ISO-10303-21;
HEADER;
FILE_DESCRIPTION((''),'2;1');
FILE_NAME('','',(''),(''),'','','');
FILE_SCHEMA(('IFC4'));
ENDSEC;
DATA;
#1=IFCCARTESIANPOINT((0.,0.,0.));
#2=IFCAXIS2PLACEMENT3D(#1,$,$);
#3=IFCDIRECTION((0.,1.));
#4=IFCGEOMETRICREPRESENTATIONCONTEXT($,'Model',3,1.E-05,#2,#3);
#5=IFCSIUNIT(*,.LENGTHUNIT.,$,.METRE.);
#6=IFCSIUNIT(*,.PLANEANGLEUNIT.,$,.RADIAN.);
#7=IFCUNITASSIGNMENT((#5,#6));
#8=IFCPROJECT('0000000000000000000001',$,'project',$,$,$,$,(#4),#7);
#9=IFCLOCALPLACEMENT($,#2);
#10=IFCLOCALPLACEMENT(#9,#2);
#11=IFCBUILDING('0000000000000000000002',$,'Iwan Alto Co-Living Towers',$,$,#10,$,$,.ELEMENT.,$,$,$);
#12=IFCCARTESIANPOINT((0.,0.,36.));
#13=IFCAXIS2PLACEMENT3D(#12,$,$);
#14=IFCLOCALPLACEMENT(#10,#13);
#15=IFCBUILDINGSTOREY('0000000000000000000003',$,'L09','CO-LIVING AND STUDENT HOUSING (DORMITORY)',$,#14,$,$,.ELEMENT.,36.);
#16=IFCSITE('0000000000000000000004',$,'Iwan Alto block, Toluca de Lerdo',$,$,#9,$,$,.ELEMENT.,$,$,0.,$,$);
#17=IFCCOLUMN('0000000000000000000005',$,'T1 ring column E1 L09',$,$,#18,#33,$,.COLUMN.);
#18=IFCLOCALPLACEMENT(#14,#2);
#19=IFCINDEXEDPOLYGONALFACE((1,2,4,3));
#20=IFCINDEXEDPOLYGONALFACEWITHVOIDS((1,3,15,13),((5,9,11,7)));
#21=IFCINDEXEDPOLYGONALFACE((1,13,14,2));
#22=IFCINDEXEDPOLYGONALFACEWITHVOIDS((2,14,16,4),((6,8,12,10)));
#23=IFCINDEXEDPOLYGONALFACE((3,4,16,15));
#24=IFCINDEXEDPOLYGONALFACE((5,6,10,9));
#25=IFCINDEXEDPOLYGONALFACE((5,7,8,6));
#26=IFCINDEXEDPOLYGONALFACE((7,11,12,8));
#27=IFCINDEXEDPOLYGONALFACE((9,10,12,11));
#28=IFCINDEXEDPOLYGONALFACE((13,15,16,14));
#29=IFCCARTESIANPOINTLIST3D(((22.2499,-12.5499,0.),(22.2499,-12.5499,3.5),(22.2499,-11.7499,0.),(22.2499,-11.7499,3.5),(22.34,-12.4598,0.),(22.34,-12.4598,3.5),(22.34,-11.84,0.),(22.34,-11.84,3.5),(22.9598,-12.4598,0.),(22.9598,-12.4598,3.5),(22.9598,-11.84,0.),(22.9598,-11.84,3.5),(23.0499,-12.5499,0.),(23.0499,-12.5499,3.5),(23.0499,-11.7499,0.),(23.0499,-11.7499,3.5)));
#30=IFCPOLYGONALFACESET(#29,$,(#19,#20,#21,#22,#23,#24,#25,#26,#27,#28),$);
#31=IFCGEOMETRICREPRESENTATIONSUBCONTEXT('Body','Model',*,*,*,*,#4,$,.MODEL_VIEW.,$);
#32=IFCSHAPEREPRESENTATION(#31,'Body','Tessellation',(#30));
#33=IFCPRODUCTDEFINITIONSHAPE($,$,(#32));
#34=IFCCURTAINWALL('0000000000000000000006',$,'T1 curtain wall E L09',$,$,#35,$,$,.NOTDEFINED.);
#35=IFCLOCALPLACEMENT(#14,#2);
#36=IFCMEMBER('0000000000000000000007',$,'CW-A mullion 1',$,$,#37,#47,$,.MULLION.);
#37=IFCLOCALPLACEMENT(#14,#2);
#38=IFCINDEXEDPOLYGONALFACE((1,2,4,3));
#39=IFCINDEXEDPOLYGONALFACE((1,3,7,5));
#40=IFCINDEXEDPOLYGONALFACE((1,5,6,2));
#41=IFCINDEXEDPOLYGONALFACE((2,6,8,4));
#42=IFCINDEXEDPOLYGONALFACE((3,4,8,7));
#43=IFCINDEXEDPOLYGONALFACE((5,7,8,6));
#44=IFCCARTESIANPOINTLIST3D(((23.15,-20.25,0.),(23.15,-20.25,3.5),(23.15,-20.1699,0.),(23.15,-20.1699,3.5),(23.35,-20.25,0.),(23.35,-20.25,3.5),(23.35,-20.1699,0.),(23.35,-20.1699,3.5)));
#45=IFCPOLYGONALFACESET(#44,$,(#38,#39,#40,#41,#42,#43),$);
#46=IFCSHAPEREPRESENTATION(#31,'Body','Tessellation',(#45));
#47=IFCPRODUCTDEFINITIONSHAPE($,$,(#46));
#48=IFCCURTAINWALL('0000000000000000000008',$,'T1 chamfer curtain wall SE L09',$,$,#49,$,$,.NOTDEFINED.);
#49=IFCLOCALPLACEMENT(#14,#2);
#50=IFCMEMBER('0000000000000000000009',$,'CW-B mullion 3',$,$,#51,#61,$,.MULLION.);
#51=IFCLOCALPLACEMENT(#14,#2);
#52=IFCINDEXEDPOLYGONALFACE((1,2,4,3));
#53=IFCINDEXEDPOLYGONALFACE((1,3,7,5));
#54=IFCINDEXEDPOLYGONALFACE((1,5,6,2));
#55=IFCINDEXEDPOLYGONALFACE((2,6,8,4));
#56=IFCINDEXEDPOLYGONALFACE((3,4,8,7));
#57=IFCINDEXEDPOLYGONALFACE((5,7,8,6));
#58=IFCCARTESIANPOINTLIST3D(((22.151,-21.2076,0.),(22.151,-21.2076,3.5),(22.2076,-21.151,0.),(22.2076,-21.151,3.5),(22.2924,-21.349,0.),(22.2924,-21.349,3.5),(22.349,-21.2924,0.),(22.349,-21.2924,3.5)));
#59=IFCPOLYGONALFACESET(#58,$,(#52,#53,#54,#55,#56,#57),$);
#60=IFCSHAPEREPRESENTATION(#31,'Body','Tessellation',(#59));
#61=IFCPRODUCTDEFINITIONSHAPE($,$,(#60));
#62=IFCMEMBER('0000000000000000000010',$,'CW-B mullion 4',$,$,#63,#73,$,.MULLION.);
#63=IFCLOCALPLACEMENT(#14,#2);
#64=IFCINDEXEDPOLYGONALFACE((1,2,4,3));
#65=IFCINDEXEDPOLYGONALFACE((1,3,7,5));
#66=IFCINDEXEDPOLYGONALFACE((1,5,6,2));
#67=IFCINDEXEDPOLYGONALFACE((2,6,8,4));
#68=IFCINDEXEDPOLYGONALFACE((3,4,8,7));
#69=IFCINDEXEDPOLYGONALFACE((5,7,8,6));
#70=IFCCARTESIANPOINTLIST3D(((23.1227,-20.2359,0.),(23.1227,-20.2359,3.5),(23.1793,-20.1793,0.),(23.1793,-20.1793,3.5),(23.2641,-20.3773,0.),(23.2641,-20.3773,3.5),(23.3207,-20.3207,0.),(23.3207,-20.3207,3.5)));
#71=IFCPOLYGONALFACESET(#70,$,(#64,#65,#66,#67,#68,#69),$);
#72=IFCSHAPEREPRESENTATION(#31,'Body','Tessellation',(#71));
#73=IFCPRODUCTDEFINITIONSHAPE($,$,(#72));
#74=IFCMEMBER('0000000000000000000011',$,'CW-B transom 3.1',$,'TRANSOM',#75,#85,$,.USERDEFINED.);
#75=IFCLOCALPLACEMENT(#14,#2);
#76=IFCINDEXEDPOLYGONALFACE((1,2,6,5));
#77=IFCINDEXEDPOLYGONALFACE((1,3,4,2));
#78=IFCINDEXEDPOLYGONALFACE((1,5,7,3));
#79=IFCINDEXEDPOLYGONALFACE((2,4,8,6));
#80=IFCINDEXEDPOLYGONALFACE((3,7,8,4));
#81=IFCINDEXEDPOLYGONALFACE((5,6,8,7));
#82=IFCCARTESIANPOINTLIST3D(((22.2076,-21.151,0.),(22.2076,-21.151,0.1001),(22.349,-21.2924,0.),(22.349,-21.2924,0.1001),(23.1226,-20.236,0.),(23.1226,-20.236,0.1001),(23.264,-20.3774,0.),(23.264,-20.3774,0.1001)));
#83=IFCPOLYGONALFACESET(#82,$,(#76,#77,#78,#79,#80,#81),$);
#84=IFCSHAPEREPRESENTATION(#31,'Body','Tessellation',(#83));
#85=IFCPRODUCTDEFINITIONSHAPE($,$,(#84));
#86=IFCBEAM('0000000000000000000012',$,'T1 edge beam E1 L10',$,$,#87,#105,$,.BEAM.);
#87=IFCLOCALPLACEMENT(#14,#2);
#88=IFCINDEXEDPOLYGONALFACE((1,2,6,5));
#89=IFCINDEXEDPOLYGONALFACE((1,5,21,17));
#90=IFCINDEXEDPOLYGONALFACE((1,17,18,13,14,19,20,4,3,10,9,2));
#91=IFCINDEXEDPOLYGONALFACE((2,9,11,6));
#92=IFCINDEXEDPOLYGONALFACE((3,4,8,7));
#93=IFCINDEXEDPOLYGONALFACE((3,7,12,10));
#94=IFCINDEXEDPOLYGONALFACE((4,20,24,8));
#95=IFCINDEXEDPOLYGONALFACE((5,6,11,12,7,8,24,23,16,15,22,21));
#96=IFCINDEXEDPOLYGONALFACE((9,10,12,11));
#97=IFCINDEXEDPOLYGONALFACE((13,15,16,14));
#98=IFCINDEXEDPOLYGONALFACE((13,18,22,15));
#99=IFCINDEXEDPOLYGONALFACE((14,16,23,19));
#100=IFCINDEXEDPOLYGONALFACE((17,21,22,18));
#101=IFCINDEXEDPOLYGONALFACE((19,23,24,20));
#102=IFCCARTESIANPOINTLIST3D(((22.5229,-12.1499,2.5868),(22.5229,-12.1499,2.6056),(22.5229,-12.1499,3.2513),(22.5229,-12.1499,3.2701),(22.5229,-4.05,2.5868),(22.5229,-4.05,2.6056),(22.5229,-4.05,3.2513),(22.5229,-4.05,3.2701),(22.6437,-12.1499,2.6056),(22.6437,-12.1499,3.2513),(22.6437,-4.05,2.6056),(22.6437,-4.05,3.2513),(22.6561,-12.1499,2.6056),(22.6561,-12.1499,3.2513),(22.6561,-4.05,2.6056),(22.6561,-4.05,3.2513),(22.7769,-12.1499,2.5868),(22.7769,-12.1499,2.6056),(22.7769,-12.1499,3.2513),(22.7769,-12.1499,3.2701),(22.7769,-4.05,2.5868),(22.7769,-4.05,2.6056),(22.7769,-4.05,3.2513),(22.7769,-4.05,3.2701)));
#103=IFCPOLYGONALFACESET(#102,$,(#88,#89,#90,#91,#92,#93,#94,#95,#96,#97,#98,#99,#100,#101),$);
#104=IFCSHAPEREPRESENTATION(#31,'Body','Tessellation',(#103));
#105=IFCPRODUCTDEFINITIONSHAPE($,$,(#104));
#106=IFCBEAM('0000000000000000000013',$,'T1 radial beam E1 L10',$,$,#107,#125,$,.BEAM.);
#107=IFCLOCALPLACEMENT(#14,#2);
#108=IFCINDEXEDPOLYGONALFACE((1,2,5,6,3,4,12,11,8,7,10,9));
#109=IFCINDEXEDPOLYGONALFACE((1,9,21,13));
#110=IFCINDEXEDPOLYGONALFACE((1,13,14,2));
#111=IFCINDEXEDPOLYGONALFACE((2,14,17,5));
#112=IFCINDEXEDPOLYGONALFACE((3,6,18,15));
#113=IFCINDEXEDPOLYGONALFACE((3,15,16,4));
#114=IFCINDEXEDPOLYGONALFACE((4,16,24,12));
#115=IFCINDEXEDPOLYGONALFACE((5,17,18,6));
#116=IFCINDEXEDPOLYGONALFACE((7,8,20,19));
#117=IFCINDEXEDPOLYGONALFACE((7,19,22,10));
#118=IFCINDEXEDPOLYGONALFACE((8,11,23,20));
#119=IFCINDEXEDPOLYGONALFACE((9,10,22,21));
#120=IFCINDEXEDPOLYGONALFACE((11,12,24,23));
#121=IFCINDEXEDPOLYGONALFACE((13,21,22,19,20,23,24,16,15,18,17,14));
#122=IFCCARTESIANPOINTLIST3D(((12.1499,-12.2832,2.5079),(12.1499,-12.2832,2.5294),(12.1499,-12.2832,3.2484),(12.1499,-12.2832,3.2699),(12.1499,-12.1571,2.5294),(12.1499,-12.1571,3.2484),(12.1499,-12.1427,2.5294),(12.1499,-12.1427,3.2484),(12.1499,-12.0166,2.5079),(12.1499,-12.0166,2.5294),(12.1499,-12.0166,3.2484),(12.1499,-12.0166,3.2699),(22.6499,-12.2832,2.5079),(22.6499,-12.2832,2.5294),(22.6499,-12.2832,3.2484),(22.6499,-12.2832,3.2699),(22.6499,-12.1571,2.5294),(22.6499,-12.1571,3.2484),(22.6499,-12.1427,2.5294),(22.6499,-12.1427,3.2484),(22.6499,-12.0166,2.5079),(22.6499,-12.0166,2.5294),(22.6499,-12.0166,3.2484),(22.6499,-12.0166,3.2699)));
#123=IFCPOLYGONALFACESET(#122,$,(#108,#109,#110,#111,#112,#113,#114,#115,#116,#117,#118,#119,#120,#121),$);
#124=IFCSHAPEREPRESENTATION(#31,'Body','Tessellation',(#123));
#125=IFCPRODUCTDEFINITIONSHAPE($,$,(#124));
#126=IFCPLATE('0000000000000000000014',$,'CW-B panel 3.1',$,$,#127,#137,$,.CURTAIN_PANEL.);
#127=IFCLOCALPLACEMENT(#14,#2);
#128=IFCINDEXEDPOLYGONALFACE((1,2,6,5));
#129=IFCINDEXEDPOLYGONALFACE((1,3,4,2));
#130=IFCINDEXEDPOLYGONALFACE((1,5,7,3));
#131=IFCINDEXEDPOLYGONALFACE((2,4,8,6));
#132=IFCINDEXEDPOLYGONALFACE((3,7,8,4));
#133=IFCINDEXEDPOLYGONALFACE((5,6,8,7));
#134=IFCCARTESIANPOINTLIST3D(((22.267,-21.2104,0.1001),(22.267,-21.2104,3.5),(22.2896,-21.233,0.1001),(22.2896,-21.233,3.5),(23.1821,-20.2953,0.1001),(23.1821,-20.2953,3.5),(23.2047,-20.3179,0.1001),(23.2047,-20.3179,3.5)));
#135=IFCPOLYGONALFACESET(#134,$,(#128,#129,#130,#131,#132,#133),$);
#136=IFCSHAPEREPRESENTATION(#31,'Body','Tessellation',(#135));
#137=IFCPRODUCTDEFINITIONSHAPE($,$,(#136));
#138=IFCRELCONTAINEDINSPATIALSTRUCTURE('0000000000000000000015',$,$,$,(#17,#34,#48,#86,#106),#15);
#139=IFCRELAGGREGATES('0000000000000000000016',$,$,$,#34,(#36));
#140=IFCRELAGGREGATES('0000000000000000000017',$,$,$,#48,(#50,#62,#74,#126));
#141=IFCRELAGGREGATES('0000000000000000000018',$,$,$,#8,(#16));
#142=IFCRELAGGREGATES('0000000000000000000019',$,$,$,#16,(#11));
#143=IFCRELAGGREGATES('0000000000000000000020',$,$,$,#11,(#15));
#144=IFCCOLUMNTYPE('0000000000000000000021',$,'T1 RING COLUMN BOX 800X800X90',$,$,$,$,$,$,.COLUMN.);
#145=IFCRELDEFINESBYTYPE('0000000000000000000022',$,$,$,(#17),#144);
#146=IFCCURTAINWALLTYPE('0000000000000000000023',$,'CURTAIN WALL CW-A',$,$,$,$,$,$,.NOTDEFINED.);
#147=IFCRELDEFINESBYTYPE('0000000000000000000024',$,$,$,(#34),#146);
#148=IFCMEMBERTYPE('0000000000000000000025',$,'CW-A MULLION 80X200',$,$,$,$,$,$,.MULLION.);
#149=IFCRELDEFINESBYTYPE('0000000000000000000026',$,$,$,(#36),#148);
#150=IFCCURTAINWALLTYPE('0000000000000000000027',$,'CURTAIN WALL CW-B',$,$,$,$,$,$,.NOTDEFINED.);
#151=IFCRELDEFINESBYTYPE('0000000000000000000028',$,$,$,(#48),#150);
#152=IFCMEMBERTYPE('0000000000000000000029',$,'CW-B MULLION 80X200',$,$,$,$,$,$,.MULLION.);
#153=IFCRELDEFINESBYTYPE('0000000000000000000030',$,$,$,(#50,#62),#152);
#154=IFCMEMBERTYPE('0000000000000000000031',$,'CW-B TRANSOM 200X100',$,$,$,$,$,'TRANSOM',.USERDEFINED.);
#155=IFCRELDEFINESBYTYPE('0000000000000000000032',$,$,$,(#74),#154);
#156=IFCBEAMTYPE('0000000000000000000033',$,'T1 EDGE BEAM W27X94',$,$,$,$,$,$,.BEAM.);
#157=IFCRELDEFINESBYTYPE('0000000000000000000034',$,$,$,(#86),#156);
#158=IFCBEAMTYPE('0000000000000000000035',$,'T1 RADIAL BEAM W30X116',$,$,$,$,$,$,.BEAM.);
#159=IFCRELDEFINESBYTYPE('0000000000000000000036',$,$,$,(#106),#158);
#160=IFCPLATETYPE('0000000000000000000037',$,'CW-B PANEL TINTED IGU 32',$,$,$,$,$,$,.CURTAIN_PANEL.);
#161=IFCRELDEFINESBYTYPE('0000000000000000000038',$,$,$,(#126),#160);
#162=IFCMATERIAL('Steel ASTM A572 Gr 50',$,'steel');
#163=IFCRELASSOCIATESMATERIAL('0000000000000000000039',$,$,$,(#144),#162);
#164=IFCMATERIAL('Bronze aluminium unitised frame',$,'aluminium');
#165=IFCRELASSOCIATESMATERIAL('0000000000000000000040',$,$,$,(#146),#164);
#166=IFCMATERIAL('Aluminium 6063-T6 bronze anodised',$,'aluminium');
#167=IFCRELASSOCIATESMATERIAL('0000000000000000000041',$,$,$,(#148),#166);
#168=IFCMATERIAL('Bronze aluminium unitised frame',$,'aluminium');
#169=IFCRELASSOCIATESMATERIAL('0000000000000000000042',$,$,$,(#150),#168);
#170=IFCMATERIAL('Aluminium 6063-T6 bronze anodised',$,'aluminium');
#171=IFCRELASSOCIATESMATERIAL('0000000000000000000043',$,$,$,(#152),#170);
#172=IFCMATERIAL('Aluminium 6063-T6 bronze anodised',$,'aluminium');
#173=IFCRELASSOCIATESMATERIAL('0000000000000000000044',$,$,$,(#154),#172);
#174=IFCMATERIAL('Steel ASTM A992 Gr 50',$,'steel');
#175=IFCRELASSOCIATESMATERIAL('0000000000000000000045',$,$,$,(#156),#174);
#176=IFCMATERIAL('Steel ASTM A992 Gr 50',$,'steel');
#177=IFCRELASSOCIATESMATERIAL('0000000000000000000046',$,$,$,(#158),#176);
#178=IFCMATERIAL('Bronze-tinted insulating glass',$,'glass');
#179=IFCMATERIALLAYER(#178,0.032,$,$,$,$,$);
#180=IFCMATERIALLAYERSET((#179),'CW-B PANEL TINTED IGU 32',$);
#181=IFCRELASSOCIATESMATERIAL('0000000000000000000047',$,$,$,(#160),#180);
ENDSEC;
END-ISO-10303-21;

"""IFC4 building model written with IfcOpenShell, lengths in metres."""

from ifc_helpers import new_model, si_unit, direction, frame, origin, origin_2d, place, context, subcontext, project, spatial, rectangle, hollow_rectangle, i_section, extrude, material, layer, layer_set, material_profile, profile_set, type_object, element, aggregate, save


model = new_model("IFC4")

# Units and contexts
model_context = context("Model", 3, precision=1e-05, world=origin(), true_north=direction((0.0, 1.0)))
body_context = subcontext(model_context, "Body", "Model", "MODEL_VIEW")
ifc_project = project(units=[si_unit("LENGTHUNIT", "METRE"), si_unit("PLANEANGLEUNIT", "RADIAN")], contexts=[model_context])

# Site, building, storey
site_placement = place(None, origin())
site = spatial("IfcSite", under=ifc_project, at=site_placement, Name="Iwan Alto block, Toluca de Lerdo", CompositionType="ELEMENT", RefElevation=0.0)
building_placement = place(site_placement, origin())
building = spatial("IfcBuilding", under=site, at=building_placement, Name="Iwan Alto Co-Living Towers", CompositionType="ELEMENT")
storey_placement = place(building_placement, frame((0.0, 0.0, 36.0)))
storey = spatial("IfcBuildingStorey", under=building, at=storey_placement, Name="L09", Description="CO-LIVING AND STUDENT HOUSING (DORMITORY)", CompositionType="ELEMENT", Elevation=36.0)

# Column
ifc_material_1 = material(Name="Steel ASTM A572 Gr 50", Category="steel")
ifc_material_profile_1 = material_profile(ifc_material_1, hollow_rectangle(XDim=0.8, YDim=0.8, WallThickness=0.0901, at=origin_2d()), Name="BOX 800X800X90")
ifc_profile_set_1 = profile_set([ifc_material_profile_1], Name="Steel ASTM A572 Gr 50")
column_type = type_object("IfcColumnType", Name="T1 RING COLUMN BOX 800X800X90", PredefinedType="COLUMN", material=ifc_profile_set_1)
column_placement = place(storey_placement, frame((22.6499, -12.1499, 0.0), z_axis=(0.0, 0.0, 1.0), x_axis=(1.0, 0.0, 0.0)))
element("IfcColumn", 1, at=column_placement, inside=storey, type_object=column_type, Name="T1 ring column E1 L09", PredefinedType="COLUMN", context=body_context, shape_type="SweptSolid", body=[
    extrude(hollow_rectangle(XDim=0.8, YDim=0.8, WallThickness=0.0901, at=origin_2d()), origin(), (0.0, 0.0, 1.0), 3.5),
])

# Curtain wall, member
ifc_material_2 = material(Name="Bronze aluminium unitised frame", Category="aluminium")
curtain_wall_type_1 = type_object("IfcCurtainWallType", Name="CURTAIN WALL CW-A", PredefinedType="NOTDEFINED", material=ifc_material_2)
curtain_wall_1_placement = place(storey_placement, origin())
curtain_wall_1 = element("IfcCurtainWall", 2, at=curtain_wall_1_placement, inside=storey, type_object=curtain_wall_type_1, Name="T1 curtain wall E L09", PredefinedType="NOTDEFINED")
ifc_material_3 = material(Name="Aluminium 6063-T6 bronze anodised", Category="aluminium")
ifc_material_profile_2 = material_profile(ifc_material_3, rectangle(XDim=0.2, YDim=0.0801, at=origin_2d()), Name="AL 80X200")
ifc_profile_set_2 = profile_set([ifc_material_profile_2], Name="Aluminium 6063-T6 bronze anodised")
member_type_1 = type_object("IfcMemberType", Name="CW-A MULLION 80X200", PredefinedType="MULLION", material=ifc_profile_set_2)
member_1_placement = place(storey_placement, frame((23.25, -20.21, 0.0), z_axis=(0.0, 0.0, 1.0), x_axis=(-1.0, 0.0, 0.0)))
member_1 = element("IfcMember", 3, at=member_1_placement, type_object=member_type_1, Name="CW-A mullion 1", PredefinedType="MULLION", context=body_context, shape_type="SweptSolid", body=[
    extrude(rectangle(XDim=0.2, YDim=0.0801, at=origin_2d()), origin(), (0.0, 0.0, 1.0), 3.5),
])
aggregate(curtain_wall_1, [member_1])

# Curtain wall, members
ifc_material_4 = material(Name="Bronze aluminium unitised frame", Category="aluminium")
curtain_wall_type_2 = type_object("IfcCurtainWallType", Name="CURTAIN WALL CW-B", PredefinedType="NOTDEFINED", material=ifc_material_4)
curtain_wall_2_placement = place(storey_placement, origin())
curtain_wall_2 = element("IfcCurtainWall", 4, at=curtain_wall_2_placement, inside=storey, type_object=curtain_wall_type_2, Name="T1 chamfer curtain wall SE L09", PredefinedType="NOTDEFINED")
ifc_material_5 = material(Name="Aluminium 6063-T6 bronze anodised", Category="aluminium")
ifc_material_profile_3 = material_profile(ifc_material_5, rectangle(XDim=0.2, YDim=0.0801, at=origin_2d()), Name="AL 80X200")
ifc_profile_set_3 = profile_set([ifc_material_profile_3], Name="Aluminium 6063-T6 bronze anodised")
member_type_2 = type_object("IfcMemberType", Name="CW-B MULLION 80X200", PredefinedType="MULLION", material=ifc_profile_set_3)
member_2_placement = place(storey_placement, frame((22.25, -21.25, 0.0), z_axis=(0.0, 0.0, 1.0), x_axis=(-0.707107, 0.707107, 0.0)))
member_2 = element("IfcMember", 5, at=member_2_placement, type_object=member_type_2, Name="CW-B mullion 3", PredefinedType="MULLION", context=body_context, shape_type="SweptSolid", body=[
    extrude(rectangle(XDim=0.2, YDim=0.0801, at=origin_2d()), origin(), (0.0, 0.0, 1.0), 3.5),
])
member_3_placement = place(storey_placement, frame((23.2217, -20.2783, 0.0), z_axis=(0.0, 0.0, 1.0), x_axis=(-0.707107, 0.707107, 0.0)))
member_3 = element("IfcMember", 6, at=member_3_placement, type_object=member_type_2, Name="CW-B mullion 4", PredefinedType="MULLION", context=body_context, shape_type="SweptSolid", body=[
    extrude(rectangle(XDim=0.2, YDim=0.0801, at=origin_2d()), origin(), (0.0, 0.0, 1.0), 3.5),
])
ifc_material_6 = material(Name="Aluminium 6063-T6 bronze anodised", Category="aluminium")
ifc_material_profile_4 = material_profile(ifc_material_6, rectangle(XDim=0.2, YDim=0.1001, at=origin_2d()), Name="AL 200X100")
ifc_profile_set_4 = profile_set([ifc_material_profile_4], Name="Aluminium 6063-T6 bronze anodised")
member_type_3 = type_object("IfcMemberType", Name="CW-B TRANSOM 200X100", ElementType="TRANSOM", PredefinedType="USERDEFINED", material=ifc_profile_set_4)
member_4_placement = place(storey_placement, frame((22.2783, -21.2217, 0.05), z_axis=(0.707107, 0.707107, 0.0), x_axis=(-0.707107, 0.707107, 0.0)))
member_4 = element("IfcMember", 7, at=member_4_placement, type_object=member_type_3, Name="CW-B transom 3.1", ObjectType="TRANSOM", PredefinedType="USERDEFINED", context=body_context, shape_type="SweptSolid", body=[
    extrude(rectangle(XDim=0.2, YDim=0.1001, at=origin_2d()), origin(), (0.0, 0.0, 1.0), 1.2939),
])

# Beams
ifc_material_7 = material(Name="Steel ASTM A992 Gr 50", Category="steel")
ifc_material_profile_5 = material_profile(ifc_material_7, i_section(OverallWidth=0.2539, OverallDepth=0.6833, WebThickness=0.0125, FlangeThickness=0.0188, at=origin_2d()), Name="W27X94")
ifc_profile_set_5 = profile_set([ifc_material_profile_5], Name="Steel ASTM A992 Gr 50")
beam_type_1 = type_object("IfcBeamType", Name="T1 EDGE BEAM W27X94", PredefinedType="BEAM", material=ifc_profile_set_5)
beam_1_placement = place(storey_placement, frame((22.6499, -12.1499, 2.9285), z_axis=(0.0, 1.0, 0.0), x_axis=(-1.0, 0.0, 0.0)))
element("IfcBeam", 8, at=beam_1_placement, inside=storey, type_object=beam_type_1, Name="T1 edge beam E1 L10", PredefinedType="BEAM", context=body_context, shape_type="SweptSolid", body=[
    extrude(i_section(OverallWidth=0.2539, OverallDepth=0.6833, WebThickness=0.0125, FlangeThickness=0.0188, at=origin_2d()), origin(), (0.0, 0.0, 1.0), 8.0999),
])
ifc_material_8 = material(Name="Steel ASTM A992 Gr 50", Category="steel")
ifc_material_profile_6 = material_profile(ifc_material_8, i_section(OverallWidth=0.2666, OverallDepth=0.762, WebThickness=0.0144, FlangeThickness=0.0215, at=origin_2d()), Name="W30X116")
ifc_profile_set_6 = profile_set([ifc_material_profile_6], Name="Steel ASTM A992 Gr 50")
beam_type_2 = type_object("IfcBeamType", Name="T1 RADIAL BEAM W30X116", PredefinedType="BEAM", material=ifc_profile_set_6)
beam_2_placement = place(storey_placement, frame((22.6499, -12.1499, 2.8889), z_axis=(-1.0, 0.0, 0.0), x_axis=(0.0, -1.0, 0.0)))
element("IfcBeam", 9, at=beam_2_placement, inside=storey, type_object=beam_type_2, Name="T1 radial beam E1 L10", PredefinedType="BEAM", context=body_context, shape_type="SweptSolid", body=[
    extrude(i_section(OverallWidth=0.2666, OverallDepth=0.762, WebThickness=0.0144, FlangeThickness=0.0215, at=origin_2d()), origin(), (0.0, 0.0, 1.0), 10.5),
])

# Plate
ifc_material_9 = material(Name="Bronze-tinted insulating glass", Category="glass")
ifc_layer_1 = layer(ifc_material_9, 0.032)
ifc_layer_set_1 = layer_set([ifc_layer_1], Name="CW-B PANEL TINTED IGU 32")
plate_type = type_object("IfcPlateType", Name="CW-B PANEL TINTED IGU 32", PredefinedType="CURTAIN_PANEL", material=ifc_layer_set_1)
plate_placement = place(storey_placement, frame((22.7358, -20.7642, 0.1001), z_axis=(0.0, 0.0, 1.0), x_axis=(0.707107, 0.707107, 0.0)))
plate = element("IfcPlate", 10, at=plate_placement, type_object=plate_type, Name="CW-B panel 3.1", PredefinedType="CURTAIN_PANEL", context=body_context, shape_type="SweptSolid", body=[
    extrude(rectangle(XDim=1.2942, YDim=0.032, at=origin_2d()), origin(), (0.0, 0.0, 1.0), 3.3999),
])
aggregate(curtain_wall_2, [member_2, member_3, member_4, plate])

save(model, "model.ifc")
